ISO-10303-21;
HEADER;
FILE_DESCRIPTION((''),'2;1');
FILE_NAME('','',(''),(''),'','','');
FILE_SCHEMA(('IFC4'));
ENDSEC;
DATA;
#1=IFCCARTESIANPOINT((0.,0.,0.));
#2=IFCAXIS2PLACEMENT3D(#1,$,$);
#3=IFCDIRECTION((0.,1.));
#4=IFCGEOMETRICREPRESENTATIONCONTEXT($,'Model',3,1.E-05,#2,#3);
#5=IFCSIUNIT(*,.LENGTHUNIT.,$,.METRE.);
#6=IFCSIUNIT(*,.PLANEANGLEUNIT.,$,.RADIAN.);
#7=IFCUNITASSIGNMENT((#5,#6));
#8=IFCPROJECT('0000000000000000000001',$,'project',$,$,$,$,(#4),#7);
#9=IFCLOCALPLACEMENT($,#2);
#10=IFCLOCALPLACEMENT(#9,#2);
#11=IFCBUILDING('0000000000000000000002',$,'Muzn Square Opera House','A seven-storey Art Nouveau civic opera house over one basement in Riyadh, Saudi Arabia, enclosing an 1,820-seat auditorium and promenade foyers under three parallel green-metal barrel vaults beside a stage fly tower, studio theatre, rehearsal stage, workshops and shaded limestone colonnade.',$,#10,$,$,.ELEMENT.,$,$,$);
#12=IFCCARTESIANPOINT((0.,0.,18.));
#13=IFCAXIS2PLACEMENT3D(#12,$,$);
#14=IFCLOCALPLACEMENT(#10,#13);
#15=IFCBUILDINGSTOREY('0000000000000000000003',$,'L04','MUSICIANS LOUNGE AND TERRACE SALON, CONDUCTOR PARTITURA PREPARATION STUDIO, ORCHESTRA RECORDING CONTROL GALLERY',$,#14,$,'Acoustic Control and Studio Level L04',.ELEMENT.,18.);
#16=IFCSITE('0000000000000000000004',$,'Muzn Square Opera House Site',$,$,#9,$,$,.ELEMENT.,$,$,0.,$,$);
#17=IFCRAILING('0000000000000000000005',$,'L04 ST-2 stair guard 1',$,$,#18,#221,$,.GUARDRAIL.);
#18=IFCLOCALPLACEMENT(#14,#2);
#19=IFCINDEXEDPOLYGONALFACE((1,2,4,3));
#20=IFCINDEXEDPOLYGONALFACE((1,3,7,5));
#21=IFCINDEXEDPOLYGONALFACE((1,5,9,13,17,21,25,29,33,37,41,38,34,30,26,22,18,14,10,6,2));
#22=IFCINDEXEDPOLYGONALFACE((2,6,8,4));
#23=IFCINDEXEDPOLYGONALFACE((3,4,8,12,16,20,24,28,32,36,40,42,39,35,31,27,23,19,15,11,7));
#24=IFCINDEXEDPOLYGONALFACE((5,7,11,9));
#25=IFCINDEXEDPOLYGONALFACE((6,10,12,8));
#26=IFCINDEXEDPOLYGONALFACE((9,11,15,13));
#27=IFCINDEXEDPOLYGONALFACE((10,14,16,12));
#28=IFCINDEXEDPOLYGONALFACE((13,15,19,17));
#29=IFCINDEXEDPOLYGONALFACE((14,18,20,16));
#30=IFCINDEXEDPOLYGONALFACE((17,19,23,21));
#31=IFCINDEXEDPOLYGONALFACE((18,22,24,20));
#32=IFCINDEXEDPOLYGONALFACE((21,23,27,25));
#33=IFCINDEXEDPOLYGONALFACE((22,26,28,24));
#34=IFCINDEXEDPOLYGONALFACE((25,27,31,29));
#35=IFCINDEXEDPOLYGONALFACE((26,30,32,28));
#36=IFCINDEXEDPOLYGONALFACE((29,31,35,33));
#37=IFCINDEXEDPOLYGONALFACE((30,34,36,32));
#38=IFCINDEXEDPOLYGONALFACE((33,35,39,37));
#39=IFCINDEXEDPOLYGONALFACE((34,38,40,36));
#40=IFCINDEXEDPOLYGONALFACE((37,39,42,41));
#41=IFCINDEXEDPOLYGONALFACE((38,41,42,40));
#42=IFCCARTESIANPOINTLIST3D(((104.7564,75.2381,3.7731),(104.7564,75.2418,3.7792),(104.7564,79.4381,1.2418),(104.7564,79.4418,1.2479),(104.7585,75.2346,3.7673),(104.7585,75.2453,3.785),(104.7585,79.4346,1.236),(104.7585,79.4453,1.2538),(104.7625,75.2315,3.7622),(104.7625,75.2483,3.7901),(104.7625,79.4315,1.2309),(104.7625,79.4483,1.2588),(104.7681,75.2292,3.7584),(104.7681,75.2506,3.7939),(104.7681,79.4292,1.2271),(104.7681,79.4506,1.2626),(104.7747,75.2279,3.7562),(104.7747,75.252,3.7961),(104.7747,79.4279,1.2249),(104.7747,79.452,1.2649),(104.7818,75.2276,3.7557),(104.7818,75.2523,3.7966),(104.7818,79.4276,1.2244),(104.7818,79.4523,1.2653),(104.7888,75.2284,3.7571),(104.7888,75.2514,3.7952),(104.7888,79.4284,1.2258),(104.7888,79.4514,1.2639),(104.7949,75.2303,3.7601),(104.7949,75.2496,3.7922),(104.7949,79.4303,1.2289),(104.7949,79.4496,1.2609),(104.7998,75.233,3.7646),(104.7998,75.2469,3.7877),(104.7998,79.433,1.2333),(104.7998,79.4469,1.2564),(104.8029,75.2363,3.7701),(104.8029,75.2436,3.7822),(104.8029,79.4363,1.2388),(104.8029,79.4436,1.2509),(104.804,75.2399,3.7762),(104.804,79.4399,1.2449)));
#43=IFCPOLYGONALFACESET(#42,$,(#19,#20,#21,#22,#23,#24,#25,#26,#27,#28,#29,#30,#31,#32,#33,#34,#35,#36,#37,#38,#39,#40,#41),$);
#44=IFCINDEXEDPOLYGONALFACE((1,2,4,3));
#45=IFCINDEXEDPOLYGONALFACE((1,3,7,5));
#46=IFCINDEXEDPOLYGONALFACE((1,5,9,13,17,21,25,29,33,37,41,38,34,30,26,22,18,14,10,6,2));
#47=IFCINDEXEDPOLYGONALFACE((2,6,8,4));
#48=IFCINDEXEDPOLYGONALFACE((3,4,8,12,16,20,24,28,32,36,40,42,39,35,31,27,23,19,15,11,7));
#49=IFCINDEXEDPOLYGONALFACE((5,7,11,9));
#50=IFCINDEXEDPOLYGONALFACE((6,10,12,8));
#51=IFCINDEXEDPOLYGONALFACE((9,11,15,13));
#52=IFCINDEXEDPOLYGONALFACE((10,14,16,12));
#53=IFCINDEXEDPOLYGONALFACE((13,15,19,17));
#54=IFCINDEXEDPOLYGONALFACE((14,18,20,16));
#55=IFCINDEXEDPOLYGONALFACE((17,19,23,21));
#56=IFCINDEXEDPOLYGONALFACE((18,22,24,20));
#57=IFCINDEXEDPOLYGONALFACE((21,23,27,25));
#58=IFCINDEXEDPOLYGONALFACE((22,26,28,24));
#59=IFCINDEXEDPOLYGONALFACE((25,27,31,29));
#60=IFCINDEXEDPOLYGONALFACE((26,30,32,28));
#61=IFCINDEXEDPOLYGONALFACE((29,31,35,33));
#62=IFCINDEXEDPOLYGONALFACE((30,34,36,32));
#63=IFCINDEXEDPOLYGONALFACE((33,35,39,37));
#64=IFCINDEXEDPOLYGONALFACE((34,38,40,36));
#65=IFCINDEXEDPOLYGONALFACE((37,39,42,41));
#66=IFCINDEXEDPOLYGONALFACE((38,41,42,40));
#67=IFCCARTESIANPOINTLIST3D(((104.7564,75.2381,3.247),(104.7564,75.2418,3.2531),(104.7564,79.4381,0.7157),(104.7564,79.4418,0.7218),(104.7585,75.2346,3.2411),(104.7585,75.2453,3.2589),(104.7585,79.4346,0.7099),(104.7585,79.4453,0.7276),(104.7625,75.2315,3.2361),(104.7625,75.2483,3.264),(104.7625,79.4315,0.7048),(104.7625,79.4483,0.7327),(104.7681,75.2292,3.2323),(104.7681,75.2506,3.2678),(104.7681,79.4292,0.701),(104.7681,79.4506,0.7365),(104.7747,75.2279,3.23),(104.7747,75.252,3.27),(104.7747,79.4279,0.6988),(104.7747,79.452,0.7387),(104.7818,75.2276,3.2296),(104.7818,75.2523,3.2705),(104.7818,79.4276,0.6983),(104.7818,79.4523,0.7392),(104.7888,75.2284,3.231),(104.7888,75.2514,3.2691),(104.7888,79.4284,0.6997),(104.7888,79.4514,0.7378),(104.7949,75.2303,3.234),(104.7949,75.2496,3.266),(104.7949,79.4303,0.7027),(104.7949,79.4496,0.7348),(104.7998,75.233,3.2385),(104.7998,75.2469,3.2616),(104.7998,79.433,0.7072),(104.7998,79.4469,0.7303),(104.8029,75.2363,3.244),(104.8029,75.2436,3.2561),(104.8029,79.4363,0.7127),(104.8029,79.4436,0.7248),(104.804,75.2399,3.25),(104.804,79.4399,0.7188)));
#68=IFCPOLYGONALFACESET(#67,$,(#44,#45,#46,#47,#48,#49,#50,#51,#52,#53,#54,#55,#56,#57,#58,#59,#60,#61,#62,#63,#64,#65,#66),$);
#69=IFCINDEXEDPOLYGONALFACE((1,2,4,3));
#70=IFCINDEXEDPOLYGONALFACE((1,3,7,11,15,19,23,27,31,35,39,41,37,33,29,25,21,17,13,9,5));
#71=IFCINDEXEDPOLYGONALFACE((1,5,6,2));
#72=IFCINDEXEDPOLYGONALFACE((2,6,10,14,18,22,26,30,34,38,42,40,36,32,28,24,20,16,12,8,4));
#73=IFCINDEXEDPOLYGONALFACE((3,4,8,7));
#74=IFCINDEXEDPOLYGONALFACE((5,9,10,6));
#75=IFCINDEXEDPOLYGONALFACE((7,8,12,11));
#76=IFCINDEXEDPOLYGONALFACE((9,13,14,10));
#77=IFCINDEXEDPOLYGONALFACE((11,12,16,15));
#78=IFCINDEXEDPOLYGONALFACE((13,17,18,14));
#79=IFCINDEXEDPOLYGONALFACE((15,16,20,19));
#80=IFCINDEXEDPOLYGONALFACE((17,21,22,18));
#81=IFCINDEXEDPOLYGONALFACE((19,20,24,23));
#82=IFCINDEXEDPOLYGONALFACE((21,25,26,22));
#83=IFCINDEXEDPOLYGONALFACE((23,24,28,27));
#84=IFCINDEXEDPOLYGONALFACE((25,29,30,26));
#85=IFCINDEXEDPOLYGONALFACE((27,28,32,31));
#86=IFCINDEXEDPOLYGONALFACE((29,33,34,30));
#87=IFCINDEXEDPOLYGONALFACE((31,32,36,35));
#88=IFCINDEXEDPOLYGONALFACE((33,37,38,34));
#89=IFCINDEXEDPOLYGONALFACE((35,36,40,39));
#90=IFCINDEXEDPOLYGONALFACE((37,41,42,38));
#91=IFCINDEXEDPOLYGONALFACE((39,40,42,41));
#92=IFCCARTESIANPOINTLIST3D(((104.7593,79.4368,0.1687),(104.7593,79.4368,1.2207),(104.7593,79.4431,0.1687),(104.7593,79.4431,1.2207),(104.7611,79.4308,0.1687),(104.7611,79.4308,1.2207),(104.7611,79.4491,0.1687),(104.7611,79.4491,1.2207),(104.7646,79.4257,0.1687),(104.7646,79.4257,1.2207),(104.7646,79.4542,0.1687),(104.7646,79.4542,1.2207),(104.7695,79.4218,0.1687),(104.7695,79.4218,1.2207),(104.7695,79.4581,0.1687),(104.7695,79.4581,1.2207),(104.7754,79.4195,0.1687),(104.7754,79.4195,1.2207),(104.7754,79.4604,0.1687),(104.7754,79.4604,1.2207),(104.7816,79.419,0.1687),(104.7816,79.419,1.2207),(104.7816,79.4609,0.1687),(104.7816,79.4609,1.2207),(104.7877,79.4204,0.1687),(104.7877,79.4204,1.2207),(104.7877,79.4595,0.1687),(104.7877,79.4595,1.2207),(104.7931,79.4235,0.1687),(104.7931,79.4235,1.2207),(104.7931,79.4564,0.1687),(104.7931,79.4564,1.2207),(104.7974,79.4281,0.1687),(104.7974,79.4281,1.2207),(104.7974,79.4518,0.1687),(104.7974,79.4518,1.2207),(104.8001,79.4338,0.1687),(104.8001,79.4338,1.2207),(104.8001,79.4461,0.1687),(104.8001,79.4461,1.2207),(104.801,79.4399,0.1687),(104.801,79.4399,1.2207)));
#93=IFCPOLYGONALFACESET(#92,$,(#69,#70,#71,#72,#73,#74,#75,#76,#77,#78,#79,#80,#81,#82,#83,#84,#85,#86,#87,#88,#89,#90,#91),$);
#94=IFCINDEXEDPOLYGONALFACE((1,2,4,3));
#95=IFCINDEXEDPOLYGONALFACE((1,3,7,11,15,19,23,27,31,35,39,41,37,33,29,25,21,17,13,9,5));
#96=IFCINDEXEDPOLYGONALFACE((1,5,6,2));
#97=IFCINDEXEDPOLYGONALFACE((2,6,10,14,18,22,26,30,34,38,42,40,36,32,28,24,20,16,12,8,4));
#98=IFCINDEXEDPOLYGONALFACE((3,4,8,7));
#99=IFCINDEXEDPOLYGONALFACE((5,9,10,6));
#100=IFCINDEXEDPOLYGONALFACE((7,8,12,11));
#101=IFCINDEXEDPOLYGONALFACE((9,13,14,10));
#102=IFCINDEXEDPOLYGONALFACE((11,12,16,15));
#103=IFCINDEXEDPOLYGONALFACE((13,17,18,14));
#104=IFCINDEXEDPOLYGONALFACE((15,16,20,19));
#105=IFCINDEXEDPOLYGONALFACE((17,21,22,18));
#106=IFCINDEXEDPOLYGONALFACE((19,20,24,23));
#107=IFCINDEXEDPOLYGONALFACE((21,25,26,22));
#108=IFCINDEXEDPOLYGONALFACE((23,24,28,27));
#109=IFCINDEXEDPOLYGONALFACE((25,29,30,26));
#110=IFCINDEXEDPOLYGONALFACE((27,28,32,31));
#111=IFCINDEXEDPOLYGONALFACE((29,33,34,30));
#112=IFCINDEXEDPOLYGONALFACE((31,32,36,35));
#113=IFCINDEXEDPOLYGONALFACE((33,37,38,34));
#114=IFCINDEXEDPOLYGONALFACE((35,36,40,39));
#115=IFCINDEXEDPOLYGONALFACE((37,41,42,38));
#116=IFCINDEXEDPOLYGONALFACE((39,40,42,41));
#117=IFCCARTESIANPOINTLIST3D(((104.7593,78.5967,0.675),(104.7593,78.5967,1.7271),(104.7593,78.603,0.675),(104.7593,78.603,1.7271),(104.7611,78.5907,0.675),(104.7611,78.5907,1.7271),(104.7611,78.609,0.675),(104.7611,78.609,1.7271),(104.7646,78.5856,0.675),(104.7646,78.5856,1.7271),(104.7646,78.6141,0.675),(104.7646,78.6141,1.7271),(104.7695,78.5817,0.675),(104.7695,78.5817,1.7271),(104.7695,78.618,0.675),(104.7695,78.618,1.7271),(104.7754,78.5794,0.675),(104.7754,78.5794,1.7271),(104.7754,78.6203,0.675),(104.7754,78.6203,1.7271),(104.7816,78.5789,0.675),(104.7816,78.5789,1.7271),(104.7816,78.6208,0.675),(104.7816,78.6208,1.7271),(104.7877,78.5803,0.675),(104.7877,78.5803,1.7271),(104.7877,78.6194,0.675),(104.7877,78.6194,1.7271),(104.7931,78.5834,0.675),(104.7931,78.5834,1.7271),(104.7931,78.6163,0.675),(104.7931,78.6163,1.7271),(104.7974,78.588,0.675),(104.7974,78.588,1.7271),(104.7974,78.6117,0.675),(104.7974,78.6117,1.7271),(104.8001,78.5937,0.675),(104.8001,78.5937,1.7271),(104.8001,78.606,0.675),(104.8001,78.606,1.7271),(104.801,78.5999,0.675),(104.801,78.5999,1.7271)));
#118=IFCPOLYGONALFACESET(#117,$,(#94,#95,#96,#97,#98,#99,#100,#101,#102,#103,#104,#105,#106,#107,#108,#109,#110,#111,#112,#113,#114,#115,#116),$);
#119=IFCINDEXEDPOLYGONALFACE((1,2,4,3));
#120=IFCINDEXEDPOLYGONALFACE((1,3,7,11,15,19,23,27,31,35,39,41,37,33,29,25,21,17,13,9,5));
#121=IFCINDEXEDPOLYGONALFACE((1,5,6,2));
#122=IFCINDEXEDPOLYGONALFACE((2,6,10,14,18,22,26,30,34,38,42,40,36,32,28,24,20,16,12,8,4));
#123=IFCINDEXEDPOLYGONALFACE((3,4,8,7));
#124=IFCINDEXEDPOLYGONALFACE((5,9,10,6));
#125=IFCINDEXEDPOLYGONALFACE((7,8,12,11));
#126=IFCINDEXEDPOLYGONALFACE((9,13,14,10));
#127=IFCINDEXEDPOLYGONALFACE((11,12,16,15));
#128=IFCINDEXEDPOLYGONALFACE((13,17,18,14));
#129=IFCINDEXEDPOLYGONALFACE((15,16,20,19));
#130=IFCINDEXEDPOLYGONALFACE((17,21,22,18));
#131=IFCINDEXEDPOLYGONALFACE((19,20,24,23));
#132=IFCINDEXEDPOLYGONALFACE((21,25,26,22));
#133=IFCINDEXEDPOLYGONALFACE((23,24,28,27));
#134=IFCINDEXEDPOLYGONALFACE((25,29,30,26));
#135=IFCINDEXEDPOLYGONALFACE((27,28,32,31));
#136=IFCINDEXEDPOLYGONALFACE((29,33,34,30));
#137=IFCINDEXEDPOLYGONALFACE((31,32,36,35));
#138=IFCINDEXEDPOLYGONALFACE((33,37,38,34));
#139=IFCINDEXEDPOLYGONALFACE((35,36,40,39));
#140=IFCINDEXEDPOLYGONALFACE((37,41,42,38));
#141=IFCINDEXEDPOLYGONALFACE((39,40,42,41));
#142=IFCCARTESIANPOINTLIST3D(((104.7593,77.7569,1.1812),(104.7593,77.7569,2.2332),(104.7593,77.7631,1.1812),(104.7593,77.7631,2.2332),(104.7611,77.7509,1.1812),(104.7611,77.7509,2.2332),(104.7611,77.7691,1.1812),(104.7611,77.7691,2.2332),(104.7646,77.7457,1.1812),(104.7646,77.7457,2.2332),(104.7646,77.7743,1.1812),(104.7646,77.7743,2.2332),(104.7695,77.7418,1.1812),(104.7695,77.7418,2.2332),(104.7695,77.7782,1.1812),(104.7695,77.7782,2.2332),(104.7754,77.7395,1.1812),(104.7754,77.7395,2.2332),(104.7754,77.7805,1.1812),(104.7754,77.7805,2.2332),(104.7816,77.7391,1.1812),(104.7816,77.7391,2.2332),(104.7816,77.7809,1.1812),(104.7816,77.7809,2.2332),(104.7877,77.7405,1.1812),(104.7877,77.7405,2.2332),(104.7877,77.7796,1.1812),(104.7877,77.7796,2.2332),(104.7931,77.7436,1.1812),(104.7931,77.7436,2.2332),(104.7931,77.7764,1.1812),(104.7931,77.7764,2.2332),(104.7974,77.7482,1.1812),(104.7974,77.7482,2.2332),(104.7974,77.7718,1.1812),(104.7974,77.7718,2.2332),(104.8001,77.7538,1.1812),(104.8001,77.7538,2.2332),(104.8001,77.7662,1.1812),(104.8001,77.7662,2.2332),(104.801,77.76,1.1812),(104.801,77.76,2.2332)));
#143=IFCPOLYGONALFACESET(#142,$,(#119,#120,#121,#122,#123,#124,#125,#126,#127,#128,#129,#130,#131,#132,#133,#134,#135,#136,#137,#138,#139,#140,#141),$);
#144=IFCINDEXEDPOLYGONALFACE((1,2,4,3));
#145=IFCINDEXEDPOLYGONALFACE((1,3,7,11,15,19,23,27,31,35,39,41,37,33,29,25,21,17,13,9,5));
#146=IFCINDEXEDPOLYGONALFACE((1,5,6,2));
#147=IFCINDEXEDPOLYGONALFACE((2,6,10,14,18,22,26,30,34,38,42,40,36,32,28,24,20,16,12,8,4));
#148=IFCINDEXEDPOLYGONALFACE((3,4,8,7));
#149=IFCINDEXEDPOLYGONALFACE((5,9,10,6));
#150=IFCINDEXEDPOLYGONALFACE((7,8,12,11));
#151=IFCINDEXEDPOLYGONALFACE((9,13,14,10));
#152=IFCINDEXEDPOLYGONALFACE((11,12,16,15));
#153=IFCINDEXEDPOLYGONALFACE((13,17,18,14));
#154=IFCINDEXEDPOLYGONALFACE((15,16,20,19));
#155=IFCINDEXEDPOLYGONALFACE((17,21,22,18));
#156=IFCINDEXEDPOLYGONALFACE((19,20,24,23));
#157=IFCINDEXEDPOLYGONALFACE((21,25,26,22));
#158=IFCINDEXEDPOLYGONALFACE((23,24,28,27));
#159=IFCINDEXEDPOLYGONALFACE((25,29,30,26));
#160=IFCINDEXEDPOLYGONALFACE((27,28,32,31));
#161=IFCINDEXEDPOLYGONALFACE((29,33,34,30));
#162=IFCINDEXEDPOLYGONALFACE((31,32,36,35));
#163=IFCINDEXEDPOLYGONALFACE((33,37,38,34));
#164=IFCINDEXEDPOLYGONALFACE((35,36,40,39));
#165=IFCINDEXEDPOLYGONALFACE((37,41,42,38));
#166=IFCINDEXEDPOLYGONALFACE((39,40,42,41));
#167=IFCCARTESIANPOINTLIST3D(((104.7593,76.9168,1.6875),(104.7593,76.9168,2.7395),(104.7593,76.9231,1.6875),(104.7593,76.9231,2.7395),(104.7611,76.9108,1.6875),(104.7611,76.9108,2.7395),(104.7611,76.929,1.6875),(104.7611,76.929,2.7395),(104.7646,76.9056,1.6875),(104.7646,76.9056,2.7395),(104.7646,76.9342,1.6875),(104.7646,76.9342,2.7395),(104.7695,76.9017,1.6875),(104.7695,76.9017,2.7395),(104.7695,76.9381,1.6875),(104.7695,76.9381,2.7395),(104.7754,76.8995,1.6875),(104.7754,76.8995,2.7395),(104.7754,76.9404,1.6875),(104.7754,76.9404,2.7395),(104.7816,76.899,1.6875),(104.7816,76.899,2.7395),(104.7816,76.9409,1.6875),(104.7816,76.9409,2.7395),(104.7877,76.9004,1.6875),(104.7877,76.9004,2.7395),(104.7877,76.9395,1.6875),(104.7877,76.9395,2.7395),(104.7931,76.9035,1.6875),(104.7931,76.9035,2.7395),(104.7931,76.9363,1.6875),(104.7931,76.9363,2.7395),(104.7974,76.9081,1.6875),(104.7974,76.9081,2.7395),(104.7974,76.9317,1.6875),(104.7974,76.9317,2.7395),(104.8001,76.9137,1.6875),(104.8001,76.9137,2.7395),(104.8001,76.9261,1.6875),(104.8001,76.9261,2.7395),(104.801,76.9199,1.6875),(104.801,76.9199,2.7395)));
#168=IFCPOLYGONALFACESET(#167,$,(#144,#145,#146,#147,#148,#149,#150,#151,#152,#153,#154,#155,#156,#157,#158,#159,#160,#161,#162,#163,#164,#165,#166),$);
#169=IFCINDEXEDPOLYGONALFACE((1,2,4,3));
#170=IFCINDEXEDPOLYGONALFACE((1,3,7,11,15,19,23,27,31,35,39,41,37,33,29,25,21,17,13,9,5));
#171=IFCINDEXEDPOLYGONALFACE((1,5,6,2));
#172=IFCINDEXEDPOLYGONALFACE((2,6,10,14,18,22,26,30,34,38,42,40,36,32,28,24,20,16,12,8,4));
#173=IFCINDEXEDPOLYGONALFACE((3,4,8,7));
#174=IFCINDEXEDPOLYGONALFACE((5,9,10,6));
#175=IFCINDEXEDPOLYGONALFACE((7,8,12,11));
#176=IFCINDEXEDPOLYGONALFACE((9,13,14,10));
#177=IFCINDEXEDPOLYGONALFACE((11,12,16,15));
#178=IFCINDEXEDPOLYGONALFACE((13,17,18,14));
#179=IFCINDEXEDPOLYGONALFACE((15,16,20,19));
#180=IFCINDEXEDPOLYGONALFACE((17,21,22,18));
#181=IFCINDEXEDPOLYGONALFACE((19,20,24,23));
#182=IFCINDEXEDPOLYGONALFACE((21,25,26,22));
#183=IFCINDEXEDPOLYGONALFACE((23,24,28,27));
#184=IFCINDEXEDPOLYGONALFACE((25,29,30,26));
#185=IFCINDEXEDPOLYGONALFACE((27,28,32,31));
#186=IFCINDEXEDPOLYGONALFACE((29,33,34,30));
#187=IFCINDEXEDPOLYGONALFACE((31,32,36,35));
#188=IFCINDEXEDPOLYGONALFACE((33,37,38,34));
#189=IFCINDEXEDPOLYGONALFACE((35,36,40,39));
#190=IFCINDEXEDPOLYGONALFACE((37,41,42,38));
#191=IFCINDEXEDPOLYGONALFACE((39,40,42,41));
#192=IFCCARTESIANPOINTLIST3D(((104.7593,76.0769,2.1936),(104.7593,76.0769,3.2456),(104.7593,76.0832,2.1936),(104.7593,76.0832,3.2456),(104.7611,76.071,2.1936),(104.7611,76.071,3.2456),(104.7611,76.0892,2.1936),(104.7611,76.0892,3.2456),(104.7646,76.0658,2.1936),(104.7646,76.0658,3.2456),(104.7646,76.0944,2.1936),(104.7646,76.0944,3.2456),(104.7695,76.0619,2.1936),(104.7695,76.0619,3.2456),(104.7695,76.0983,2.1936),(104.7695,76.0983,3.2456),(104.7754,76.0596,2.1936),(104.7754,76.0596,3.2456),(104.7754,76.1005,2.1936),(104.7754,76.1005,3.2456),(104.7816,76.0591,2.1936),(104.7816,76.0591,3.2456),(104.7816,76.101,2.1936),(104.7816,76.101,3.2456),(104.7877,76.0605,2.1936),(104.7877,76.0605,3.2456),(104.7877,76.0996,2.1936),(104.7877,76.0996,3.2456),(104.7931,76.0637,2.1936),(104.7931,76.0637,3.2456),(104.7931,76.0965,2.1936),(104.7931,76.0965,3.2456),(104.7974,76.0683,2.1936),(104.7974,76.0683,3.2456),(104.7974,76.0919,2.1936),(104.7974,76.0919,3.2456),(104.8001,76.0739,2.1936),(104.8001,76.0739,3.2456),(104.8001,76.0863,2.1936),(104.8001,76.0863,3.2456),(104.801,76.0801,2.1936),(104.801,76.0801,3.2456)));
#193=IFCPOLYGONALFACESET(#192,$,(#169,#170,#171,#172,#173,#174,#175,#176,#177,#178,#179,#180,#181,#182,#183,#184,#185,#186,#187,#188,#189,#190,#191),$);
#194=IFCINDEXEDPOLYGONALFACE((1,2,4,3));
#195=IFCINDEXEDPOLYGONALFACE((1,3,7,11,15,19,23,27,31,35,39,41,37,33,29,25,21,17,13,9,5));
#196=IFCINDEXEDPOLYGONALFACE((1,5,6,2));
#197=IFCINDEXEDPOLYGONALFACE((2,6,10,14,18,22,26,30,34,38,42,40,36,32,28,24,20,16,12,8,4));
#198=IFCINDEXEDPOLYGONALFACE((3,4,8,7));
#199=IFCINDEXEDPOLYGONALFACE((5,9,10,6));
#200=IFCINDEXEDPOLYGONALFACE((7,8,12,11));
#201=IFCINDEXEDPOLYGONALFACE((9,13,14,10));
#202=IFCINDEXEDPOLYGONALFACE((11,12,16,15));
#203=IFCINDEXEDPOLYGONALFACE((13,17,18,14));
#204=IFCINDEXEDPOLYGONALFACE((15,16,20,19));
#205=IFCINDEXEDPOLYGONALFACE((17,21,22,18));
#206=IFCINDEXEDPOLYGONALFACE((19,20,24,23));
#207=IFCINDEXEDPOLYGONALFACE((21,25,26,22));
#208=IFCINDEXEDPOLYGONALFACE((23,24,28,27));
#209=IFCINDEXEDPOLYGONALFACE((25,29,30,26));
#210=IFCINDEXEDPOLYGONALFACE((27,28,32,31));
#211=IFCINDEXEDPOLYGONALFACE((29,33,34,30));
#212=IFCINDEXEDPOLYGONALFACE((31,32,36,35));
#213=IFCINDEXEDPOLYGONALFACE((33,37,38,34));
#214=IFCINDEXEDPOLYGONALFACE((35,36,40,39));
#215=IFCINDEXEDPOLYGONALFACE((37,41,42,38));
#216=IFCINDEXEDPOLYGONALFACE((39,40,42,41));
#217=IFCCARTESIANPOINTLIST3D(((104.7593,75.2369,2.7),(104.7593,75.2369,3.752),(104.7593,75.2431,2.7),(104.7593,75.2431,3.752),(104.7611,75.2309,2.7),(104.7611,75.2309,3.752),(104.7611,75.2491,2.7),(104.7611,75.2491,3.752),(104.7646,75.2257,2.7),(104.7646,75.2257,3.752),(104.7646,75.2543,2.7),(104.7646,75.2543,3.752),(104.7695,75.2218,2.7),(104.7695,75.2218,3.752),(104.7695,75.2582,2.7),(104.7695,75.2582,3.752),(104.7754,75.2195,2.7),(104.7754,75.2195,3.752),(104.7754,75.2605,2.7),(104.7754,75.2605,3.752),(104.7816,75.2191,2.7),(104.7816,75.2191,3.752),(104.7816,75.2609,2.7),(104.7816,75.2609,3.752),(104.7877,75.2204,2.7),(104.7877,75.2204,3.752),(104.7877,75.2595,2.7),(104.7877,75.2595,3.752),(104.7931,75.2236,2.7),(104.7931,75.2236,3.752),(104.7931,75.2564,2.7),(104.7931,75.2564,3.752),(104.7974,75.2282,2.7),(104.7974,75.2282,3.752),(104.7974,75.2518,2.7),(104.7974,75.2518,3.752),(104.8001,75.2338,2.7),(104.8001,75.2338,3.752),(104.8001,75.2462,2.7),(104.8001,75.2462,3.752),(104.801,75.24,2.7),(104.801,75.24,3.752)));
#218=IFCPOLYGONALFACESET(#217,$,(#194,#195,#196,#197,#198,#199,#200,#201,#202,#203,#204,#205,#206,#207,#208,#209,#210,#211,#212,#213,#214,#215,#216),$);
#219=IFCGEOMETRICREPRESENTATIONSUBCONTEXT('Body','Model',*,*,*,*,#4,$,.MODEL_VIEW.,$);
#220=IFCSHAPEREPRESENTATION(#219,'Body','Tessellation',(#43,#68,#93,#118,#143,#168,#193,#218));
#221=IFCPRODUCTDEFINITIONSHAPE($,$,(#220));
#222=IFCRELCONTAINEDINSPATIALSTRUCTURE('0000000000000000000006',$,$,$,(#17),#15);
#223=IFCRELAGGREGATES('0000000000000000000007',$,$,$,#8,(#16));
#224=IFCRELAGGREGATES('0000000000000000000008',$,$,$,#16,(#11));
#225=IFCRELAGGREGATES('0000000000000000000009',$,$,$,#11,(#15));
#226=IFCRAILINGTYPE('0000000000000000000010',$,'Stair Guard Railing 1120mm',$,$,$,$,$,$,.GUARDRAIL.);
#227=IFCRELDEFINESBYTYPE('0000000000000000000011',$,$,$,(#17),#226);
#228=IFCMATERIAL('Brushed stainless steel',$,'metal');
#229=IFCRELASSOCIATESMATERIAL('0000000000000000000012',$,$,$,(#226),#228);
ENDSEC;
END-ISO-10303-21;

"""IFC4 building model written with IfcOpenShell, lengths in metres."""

from ifc_helpers import new_model, si_unit, direction, frame, origin, origin_2d, place, context, subcontext, project, spatial, circle, extrude, material, type_object, element, save


model = new_model("IFC4")

# Units and contexts
model_context = context("Model", 3, precision=1e-05, world=origin(), true_north=direction((0.0, 1.0)))
body_context = subcontext(model_context, "Body", "Model", "MODEL_VIEW")
ifc_project = project(units=[si_unit("LENGTHUNIT", "METRE"), si_unit("PLANEANGLEUNIT", "RADIAN")], contexts=[model_context])

# Site, building, storey
site_placement = place(None, origin())
site = spatial("IfcSite", under=ifc_project, at=site_placement, Name="Muzn Square Opera House Site", CompositionType="ELEMENT", RefElevation=0.0)
building_placement = place(site_placement, origin())
building = spatial("IfcBuilding", under=site, at=building_placement, Name="Muzn Square Opera House", Description="A seven-storey Art Nouveau civic opera house over one basement in Riyadh, Saudi Arabia, enclosing an 1,820-seat auditorium and promenade foyers under three parallel green-metal barrel vaults beside a stage fly tower, studio theatre, rehearsal stage, workshops and shaded limestone colonnade.", CompositionType="ELEMENT")
storey_placement = place(building_placement, frame((0.0, 0.0, 18.0)))
storey = spatial("IfcBuildingStorey", under=building, at=storey_placement, Name="L04", Description="MUSICIANS LOUNGE AND TERRACE SALON, CONDUCTOR PARTITURA PREPARATION STUDIO, ORCHESTRA RECORDING CONTROL GALLERY", LongName="Acoustic Control and Studio Level L04", CompositionType="ELEMENT", Elevation=18.0)

# Shared definitions
ifc_material_1 = material(Name="Brushed stainless steel", Category="metal")

# Railing
railing_type_1 = type_object("IfcRailingType", Name="Stair Guard Railing 1120mm", PredefinedType="GUARDRAIL", material=ifc_material_1)
railing_1_placement = place(storey_placement, frame((104.78, 79.4399, 0.1687)))
element("IfcRailing", 1, at=railing_1_placement, inside=storey, type_object=railing_type_1, Name="L04 ST-2 stair guard 1", PredefinedType="GUARDRAIL", context=body_context, shape_type="SweptSolid", body=[
    extrude(circle(Radius=0.0239, at=origin_2d()), frame((0.0, 0.0, 1.0762), z_axis=(0.0, -0.856476, 0.516186), x_axis=(1.0, 0.0, 0.0)), (0.0, 0.0, 1.0), 4.9038),
    extrude(circle(Radius=0.0239, at=origin_2d()), frame((0.0, 0.0, 0.55), z_axis=(0.0, -0.856476, 0.516186), x_axis=(1.0, 0.0, 0.0)), (0.0, 0.0, 1.0), 4.9038),
    extrude(circle(Radius=0.021, at=origin_2d()), origin(), (0.0, 0.0, 1.0), 1.052),
    extrude(circle(Radius=0.021, at=origin_2d()), frame((0.0, -0.8401, 0.5063)), (0.0, 0.0, 1.0), 1.052),
    extrude(circle(Radius=0.021, at=origin_2d()), frame((0.0, -1.6799, 1.0125)), (0.0, 0.0, 1.0), 1.052),
    extrude(circle(Radius=0.021, at=origin_2d()), frame((0.0, -2.52, 1.5188)), (0.0, 0.0, 1.0), 1.052),
    extrude(circle(Radius=0.021, at=origin_2d()), frame((0.0, -3.3599, 2.0249)), (0.0, 0.0, 1.0), 1.052),
    extrude(circle(Radius=0.021, at=origin_2d()), frame((0.0, -4.2, 2.5312)), (0.0, 0.0, 1.0), 1.052),
])

save(model, "model.ifc")
